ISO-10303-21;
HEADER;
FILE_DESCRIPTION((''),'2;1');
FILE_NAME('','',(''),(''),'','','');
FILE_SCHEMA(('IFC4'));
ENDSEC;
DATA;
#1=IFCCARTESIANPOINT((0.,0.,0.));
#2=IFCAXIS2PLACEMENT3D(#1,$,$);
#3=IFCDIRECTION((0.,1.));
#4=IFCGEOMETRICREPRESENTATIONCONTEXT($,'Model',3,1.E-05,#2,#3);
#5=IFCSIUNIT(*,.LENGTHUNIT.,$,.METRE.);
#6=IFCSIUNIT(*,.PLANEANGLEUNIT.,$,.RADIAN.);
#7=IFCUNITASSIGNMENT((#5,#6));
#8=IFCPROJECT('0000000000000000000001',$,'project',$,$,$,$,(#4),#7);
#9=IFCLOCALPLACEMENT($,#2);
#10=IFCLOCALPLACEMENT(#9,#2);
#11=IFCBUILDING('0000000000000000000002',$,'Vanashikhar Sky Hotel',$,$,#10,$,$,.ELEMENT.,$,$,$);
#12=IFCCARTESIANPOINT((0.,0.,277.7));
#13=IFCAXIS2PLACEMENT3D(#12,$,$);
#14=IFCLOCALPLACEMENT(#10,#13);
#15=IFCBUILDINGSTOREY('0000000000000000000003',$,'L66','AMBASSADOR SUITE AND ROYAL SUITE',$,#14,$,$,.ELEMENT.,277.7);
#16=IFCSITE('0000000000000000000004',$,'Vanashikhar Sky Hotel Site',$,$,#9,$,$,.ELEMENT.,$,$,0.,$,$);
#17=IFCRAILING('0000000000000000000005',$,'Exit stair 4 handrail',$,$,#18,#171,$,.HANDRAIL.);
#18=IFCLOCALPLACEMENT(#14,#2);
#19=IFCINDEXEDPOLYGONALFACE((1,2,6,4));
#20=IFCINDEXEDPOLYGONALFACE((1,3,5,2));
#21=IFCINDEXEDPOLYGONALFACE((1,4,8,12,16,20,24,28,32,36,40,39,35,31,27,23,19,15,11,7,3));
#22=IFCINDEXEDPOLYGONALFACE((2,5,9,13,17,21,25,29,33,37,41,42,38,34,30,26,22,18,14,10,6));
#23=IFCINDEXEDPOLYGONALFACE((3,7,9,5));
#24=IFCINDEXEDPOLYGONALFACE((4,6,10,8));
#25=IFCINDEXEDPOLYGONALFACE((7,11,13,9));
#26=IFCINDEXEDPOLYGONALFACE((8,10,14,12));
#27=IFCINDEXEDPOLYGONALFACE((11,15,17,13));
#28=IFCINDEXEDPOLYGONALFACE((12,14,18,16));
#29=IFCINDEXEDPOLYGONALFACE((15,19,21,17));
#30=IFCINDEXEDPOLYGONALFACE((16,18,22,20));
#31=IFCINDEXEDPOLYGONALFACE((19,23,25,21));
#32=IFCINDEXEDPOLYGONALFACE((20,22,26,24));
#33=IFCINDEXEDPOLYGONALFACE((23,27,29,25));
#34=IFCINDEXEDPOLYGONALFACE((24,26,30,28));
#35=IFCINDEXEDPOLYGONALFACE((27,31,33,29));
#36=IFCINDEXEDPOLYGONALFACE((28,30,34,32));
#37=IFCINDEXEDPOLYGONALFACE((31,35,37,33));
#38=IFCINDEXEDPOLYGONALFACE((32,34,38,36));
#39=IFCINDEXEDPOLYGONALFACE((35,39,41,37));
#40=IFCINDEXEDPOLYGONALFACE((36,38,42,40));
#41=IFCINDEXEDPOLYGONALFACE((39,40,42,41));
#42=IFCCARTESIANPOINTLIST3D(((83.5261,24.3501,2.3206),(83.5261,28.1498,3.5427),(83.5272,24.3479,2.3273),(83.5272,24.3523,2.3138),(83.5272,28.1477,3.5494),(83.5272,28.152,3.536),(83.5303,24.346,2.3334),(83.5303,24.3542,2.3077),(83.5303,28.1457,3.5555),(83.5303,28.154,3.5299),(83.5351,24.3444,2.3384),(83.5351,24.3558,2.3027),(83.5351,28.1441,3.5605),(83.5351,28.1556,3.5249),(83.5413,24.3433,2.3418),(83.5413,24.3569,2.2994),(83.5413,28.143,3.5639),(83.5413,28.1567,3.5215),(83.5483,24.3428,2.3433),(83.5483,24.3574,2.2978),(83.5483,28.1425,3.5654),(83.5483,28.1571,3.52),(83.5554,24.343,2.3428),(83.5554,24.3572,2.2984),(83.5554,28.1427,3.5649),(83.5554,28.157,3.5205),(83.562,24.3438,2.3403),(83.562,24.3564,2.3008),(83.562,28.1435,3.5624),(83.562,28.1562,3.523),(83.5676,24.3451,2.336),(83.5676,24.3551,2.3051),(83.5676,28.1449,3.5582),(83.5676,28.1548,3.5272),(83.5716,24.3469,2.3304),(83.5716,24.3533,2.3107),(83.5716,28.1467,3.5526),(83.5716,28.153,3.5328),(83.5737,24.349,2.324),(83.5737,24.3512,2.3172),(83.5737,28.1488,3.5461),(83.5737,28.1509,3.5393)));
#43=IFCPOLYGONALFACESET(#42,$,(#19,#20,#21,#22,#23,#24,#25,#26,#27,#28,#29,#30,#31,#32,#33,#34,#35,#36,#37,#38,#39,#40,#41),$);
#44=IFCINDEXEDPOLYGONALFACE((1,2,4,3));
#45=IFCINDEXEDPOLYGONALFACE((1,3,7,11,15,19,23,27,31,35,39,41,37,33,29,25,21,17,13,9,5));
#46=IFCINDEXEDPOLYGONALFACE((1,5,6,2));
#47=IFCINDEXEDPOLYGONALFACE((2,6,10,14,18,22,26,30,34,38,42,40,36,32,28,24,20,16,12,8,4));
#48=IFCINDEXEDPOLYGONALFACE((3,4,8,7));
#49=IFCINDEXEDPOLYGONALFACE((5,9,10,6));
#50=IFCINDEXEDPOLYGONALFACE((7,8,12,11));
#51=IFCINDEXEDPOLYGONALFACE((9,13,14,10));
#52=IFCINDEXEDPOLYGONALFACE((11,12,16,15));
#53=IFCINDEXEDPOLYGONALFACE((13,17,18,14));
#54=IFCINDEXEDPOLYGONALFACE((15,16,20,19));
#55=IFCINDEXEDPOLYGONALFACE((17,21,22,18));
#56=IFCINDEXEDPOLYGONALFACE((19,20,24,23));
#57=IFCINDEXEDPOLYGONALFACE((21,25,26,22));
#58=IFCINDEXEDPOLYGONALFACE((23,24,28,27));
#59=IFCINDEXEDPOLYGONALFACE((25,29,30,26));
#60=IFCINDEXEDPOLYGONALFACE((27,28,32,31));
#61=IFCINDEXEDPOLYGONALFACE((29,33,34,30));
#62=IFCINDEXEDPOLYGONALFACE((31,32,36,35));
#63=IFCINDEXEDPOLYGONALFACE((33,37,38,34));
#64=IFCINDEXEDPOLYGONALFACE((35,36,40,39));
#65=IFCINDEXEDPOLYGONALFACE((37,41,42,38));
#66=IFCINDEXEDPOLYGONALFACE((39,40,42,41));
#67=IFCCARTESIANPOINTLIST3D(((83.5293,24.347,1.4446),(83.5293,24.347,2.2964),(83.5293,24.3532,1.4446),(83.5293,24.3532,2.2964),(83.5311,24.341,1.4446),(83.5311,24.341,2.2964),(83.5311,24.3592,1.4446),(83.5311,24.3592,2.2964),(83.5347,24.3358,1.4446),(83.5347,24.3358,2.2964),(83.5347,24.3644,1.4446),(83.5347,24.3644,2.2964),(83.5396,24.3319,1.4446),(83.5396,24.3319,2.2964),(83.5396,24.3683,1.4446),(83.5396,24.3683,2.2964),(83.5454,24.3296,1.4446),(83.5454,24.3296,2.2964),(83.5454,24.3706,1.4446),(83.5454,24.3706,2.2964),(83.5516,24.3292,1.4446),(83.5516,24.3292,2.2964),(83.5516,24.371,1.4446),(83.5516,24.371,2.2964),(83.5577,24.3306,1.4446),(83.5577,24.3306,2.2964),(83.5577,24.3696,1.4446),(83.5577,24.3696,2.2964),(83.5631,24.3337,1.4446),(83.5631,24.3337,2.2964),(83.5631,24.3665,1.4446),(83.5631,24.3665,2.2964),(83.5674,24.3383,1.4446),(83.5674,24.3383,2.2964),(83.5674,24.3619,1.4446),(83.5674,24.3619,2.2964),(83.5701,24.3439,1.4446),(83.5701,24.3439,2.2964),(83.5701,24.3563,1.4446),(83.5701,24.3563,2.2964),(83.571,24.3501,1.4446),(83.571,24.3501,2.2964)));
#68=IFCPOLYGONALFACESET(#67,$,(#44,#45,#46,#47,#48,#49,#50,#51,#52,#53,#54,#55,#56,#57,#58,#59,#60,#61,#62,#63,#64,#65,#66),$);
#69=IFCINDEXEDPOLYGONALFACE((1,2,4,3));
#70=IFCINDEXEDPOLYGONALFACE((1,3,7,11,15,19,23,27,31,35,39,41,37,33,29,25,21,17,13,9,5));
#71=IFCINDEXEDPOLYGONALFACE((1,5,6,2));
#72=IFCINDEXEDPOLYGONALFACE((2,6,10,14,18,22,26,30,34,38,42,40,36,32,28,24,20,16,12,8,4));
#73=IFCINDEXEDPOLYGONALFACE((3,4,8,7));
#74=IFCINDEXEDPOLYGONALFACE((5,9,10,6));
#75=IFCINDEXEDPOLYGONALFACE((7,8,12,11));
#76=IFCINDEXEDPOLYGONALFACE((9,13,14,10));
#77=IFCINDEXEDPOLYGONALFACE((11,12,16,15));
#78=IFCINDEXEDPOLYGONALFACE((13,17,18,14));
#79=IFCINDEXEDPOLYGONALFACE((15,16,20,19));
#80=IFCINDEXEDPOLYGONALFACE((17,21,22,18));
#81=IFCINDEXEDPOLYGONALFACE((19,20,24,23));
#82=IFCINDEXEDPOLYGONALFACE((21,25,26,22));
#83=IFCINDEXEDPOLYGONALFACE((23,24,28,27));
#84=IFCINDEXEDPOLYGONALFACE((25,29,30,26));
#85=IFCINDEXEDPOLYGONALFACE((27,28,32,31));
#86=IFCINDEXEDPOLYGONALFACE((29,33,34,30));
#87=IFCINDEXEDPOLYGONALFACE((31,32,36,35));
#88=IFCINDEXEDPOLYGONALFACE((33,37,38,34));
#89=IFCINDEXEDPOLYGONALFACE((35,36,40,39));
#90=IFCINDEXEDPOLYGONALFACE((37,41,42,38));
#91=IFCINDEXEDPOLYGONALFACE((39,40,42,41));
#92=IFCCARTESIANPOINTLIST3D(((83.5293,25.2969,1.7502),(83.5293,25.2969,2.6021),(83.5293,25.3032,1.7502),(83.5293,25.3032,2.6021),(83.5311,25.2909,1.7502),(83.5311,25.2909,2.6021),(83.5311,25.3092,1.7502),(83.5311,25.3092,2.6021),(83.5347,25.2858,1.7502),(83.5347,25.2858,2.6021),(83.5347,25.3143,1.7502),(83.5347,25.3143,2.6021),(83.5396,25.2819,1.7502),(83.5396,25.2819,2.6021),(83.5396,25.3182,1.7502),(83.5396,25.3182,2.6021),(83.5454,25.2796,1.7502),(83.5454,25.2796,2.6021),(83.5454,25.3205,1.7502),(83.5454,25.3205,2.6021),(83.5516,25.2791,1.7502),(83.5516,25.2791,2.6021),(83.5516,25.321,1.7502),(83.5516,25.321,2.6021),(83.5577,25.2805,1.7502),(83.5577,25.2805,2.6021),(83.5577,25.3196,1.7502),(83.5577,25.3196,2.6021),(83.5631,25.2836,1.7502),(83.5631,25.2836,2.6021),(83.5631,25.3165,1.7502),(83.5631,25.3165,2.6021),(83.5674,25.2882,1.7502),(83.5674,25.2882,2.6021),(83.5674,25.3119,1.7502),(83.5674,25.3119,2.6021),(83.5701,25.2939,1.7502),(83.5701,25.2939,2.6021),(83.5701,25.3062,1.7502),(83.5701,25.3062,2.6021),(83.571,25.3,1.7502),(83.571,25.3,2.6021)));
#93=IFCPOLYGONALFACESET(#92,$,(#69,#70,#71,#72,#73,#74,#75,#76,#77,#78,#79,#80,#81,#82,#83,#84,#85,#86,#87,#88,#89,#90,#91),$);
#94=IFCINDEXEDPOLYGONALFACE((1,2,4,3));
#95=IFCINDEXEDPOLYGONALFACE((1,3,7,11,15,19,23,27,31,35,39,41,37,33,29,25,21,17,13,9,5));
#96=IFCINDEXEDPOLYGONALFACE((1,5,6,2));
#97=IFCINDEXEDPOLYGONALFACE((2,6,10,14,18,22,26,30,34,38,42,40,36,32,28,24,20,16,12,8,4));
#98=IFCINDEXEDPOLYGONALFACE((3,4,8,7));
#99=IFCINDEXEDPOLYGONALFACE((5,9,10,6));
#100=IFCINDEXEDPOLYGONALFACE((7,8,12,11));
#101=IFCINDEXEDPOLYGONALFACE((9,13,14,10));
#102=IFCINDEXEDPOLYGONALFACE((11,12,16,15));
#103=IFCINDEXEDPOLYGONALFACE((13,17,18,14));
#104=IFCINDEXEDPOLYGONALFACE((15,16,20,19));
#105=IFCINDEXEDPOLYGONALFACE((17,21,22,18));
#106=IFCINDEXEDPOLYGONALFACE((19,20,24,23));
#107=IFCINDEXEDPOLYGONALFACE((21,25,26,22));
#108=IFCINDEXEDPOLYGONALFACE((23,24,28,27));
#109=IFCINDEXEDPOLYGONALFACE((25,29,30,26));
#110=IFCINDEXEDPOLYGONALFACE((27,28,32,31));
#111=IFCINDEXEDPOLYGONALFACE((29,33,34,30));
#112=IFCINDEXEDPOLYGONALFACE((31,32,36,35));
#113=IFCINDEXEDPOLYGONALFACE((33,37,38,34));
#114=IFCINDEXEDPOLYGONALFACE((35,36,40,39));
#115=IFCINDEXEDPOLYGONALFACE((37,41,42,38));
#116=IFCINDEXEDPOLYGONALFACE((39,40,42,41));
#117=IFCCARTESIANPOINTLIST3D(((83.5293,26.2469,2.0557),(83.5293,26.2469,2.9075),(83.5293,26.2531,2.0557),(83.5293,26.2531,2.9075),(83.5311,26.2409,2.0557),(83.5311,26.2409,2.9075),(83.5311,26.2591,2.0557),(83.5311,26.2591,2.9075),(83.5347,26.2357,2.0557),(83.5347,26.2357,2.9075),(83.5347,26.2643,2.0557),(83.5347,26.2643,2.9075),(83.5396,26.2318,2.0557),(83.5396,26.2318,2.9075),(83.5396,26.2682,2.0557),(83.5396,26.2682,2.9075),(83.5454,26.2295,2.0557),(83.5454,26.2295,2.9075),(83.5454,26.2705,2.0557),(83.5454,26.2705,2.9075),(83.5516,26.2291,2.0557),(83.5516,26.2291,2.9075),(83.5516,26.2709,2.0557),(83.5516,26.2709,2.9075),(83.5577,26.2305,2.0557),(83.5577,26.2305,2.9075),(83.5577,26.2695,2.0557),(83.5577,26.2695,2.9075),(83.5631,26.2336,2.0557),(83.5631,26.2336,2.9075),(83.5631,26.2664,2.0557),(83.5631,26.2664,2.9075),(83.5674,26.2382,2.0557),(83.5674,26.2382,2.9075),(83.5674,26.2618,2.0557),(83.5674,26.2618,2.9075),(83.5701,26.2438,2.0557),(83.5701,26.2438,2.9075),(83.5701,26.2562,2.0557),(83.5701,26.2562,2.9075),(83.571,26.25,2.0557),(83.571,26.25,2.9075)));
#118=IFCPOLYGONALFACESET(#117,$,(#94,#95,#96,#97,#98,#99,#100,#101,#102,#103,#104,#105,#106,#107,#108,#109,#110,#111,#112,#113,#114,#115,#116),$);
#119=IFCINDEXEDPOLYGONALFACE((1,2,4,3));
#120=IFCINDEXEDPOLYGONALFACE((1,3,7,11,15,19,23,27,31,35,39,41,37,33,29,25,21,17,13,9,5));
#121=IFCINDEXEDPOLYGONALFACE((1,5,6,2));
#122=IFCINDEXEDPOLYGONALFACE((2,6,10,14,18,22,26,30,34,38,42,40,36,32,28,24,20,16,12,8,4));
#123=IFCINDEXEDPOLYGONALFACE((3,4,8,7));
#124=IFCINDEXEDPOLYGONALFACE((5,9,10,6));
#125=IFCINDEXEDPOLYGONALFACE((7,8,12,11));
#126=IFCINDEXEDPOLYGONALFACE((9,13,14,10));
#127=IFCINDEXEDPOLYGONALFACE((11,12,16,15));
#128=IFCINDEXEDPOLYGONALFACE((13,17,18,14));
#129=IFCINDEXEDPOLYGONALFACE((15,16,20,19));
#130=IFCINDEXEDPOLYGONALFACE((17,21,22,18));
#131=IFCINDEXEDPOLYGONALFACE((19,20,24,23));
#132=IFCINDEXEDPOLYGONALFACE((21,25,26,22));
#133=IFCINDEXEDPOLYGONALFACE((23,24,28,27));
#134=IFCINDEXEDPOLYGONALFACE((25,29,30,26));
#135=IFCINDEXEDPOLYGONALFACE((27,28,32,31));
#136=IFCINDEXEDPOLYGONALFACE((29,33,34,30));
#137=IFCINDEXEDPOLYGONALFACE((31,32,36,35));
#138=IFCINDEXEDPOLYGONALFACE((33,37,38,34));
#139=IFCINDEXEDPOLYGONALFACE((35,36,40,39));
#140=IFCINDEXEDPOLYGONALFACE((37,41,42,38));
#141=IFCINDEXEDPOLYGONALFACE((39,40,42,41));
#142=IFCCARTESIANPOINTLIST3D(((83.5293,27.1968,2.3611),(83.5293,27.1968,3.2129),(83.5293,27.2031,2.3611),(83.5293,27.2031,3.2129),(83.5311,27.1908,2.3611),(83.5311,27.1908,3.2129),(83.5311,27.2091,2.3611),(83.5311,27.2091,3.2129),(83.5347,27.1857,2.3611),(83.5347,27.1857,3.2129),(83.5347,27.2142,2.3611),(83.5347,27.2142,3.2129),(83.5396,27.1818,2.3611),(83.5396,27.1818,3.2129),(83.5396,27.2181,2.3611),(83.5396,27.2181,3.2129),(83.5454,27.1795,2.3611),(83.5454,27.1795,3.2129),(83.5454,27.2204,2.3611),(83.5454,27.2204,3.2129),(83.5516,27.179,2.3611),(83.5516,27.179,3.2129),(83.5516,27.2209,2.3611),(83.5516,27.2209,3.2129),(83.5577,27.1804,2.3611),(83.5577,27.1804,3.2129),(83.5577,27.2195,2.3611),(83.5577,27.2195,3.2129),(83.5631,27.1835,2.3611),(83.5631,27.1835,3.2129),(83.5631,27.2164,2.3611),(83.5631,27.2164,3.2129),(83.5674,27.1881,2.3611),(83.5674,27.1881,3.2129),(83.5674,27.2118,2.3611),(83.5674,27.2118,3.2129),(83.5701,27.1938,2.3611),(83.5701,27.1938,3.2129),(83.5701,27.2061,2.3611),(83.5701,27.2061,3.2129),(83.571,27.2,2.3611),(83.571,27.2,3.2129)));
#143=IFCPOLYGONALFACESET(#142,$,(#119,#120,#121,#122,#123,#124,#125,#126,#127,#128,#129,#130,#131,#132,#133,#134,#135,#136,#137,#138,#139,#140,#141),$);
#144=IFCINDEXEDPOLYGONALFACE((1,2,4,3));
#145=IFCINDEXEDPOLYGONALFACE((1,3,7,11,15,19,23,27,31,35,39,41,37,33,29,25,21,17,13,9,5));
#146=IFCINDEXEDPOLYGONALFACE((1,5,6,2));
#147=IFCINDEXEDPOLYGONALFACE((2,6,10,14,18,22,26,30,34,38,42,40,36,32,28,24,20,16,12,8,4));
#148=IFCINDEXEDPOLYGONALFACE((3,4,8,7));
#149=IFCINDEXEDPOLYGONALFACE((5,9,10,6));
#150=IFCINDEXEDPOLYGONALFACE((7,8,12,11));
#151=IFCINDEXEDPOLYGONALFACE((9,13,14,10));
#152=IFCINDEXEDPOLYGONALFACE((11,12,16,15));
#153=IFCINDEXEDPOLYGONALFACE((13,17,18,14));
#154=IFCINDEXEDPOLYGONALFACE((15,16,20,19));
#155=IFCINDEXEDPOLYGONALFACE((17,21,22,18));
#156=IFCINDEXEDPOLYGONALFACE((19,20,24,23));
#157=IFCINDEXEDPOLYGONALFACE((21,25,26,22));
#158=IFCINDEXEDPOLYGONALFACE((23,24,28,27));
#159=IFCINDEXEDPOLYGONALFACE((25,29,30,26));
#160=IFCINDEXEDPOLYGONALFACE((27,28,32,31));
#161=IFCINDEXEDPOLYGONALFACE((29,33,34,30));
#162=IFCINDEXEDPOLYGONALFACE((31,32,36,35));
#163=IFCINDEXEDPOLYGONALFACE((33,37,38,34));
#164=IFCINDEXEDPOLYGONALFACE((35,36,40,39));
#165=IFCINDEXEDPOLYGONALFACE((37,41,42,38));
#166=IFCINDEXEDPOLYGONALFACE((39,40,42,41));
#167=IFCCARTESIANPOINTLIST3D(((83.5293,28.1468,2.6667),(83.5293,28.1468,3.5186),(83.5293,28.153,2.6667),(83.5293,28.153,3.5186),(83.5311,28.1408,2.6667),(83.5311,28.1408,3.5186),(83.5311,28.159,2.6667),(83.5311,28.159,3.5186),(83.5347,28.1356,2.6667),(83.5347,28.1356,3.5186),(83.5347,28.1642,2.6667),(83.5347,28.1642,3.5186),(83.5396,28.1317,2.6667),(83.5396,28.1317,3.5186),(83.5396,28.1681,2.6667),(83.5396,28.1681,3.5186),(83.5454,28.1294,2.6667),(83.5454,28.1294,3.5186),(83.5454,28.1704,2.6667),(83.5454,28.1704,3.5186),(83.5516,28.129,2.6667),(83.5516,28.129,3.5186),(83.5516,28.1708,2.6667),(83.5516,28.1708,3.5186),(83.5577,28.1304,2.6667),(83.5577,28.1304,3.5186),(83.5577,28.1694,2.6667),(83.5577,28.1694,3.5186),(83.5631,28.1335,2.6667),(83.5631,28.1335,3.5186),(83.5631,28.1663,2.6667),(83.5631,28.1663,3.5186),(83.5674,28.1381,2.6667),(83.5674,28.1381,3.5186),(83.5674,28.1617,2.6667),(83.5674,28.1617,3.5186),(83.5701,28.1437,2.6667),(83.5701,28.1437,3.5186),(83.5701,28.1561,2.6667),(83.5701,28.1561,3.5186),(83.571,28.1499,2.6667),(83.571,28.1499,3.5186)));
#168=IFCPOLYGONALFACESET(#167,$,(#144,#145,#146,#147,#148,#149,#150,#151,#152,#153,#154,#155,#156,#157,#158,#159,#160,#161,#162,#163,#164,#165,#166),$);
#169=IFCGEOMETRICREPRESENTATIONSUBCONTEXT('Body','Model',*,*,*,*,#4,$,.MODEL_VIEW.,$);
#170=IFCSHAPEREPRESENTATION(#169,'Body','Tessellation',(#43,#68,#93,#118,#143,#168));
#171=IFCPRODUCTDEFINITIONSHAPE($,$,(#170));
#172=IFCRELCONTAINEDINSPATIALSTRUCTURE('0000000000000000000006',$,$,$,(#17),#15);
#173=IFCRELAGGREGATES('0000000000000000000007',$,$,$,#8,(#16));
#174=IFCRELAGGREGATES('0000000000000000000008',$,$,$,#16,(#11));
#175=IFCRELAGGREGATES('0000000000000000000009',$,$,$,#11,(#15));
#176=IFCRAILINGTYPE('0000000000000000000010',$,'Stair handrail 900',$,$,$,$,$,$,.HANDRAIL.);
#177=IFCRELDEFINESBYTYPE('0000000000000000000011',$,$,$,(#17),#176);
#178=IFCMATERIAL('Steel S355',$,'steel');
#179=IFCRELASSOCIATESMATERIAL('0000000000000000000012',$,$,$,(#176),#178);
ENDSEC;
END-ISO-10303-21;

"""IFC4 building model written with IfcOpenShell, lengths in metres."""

from ifc_helpers import new_model, si_unit, direction, frame, origin, origin_2d, place, context, subcontext, project, spatial, circle, extrude, source, transform, mapped, material, type_object, element, save


model = new_model("IFC4")

# Units and contexts
model_context = context("Model", 3, precision=1e-05, world=origin(), true_north=direction((0.0, 1.0)))
body_context = subcontext(model_context, "Body", "Model", "MODEL_VIEW")
ifc_project = project(units=[si_unit("LENGTHUNIT", "METRE"), si_unit("PLANEANGLEUNIT", "RADIAN")], contexts=[model_context])

# Site, building, storey
site_placement = place(None, origin())
site = spatial("IfcSite", under=ifc_project, at=site_placement, Name="Vanashikhar Sky Hotel Site", CompositionType="ELEMENT", RefElevation=0.0)
building_placement = place(site_placement, origin())
building = spatial("IfcBuilding", under=site, at=building_placement, Name="Vanashikhar Sky Hotel", CompositionType="ELEMENT")
storey_placement = place(building_placement, frame((0.0, 0.0, 277.7)))
storey = spatial("IfcBuildingStorey", under=building, at=storey_placement, Name="L66", Description="AMBASSADOR SUITE AND ROYAL SUITE", CompositionType="ELEMENT", Elevation=277.7)

# Railing
ifc_material_1 = material(Name="Steel S355", Category="steel")
railing_type_1 = type_object("IfcRailingType", Name="Stair handrail 900", PredefinedType="HANDRAIL", material=ifc_material_1)
shared_shape_1 = source(origin(), body_context, "Body", "SweptSolid", [
    extrude(circle(Radius=0.0239, at=origin_2d()), frame((0.0, 0.0, 0.876), z_axis=(0.0, 0.95197, 0.306191), x_axis=(-1.0, 0.0, 0.0)), (0.0, 0.0, 1.0), 3.9915),
    extrude(circle(Radius=0.021, at=origin_2d()), origin(), (0.0, 0.0, 1.0), 0.8518),
    extrude(circle(Radius=0.021, at=origin_2d()), frame((0.0, 0.95, 0.3057)), (0.0, 0.0, 1.0), 0.8518),
    extrude(circle(Radius=0.021, at=origin_2d()), frame((0.0, 1.8999, 0.6111)), (0.0, 0.0, 1.0), 0.8518),
    extrude(circle(Radius=0.021, at=origin_2d()), frame((0.0, 2.8499, 0.9165)), (0.0, 0.0, 1.0), 0.8518),
    extrude(circle(Radius=0.021, at=origin_2d()), frame((0.0, 3.7998, 1.2222)), (0.0, 0.0, 1.0), 0.8518),
])
railing_1_placement = place(storey_placement, frame((83.55, 24.3501, 1.4446)))
element("IfcRailing", 1, at=railing_1_placement, inside=storey, type_object=railing_type_1, Name="Exit stair 4 handrail", PredefinedType="HANDRAIL", context=body_context, shape_type="MappedRepresentation", body=[
    mapped(shared_shape_1, transform((0.0, 0.0, 0.0), scale=1.0)),
])

save(model, "model.ifc")
